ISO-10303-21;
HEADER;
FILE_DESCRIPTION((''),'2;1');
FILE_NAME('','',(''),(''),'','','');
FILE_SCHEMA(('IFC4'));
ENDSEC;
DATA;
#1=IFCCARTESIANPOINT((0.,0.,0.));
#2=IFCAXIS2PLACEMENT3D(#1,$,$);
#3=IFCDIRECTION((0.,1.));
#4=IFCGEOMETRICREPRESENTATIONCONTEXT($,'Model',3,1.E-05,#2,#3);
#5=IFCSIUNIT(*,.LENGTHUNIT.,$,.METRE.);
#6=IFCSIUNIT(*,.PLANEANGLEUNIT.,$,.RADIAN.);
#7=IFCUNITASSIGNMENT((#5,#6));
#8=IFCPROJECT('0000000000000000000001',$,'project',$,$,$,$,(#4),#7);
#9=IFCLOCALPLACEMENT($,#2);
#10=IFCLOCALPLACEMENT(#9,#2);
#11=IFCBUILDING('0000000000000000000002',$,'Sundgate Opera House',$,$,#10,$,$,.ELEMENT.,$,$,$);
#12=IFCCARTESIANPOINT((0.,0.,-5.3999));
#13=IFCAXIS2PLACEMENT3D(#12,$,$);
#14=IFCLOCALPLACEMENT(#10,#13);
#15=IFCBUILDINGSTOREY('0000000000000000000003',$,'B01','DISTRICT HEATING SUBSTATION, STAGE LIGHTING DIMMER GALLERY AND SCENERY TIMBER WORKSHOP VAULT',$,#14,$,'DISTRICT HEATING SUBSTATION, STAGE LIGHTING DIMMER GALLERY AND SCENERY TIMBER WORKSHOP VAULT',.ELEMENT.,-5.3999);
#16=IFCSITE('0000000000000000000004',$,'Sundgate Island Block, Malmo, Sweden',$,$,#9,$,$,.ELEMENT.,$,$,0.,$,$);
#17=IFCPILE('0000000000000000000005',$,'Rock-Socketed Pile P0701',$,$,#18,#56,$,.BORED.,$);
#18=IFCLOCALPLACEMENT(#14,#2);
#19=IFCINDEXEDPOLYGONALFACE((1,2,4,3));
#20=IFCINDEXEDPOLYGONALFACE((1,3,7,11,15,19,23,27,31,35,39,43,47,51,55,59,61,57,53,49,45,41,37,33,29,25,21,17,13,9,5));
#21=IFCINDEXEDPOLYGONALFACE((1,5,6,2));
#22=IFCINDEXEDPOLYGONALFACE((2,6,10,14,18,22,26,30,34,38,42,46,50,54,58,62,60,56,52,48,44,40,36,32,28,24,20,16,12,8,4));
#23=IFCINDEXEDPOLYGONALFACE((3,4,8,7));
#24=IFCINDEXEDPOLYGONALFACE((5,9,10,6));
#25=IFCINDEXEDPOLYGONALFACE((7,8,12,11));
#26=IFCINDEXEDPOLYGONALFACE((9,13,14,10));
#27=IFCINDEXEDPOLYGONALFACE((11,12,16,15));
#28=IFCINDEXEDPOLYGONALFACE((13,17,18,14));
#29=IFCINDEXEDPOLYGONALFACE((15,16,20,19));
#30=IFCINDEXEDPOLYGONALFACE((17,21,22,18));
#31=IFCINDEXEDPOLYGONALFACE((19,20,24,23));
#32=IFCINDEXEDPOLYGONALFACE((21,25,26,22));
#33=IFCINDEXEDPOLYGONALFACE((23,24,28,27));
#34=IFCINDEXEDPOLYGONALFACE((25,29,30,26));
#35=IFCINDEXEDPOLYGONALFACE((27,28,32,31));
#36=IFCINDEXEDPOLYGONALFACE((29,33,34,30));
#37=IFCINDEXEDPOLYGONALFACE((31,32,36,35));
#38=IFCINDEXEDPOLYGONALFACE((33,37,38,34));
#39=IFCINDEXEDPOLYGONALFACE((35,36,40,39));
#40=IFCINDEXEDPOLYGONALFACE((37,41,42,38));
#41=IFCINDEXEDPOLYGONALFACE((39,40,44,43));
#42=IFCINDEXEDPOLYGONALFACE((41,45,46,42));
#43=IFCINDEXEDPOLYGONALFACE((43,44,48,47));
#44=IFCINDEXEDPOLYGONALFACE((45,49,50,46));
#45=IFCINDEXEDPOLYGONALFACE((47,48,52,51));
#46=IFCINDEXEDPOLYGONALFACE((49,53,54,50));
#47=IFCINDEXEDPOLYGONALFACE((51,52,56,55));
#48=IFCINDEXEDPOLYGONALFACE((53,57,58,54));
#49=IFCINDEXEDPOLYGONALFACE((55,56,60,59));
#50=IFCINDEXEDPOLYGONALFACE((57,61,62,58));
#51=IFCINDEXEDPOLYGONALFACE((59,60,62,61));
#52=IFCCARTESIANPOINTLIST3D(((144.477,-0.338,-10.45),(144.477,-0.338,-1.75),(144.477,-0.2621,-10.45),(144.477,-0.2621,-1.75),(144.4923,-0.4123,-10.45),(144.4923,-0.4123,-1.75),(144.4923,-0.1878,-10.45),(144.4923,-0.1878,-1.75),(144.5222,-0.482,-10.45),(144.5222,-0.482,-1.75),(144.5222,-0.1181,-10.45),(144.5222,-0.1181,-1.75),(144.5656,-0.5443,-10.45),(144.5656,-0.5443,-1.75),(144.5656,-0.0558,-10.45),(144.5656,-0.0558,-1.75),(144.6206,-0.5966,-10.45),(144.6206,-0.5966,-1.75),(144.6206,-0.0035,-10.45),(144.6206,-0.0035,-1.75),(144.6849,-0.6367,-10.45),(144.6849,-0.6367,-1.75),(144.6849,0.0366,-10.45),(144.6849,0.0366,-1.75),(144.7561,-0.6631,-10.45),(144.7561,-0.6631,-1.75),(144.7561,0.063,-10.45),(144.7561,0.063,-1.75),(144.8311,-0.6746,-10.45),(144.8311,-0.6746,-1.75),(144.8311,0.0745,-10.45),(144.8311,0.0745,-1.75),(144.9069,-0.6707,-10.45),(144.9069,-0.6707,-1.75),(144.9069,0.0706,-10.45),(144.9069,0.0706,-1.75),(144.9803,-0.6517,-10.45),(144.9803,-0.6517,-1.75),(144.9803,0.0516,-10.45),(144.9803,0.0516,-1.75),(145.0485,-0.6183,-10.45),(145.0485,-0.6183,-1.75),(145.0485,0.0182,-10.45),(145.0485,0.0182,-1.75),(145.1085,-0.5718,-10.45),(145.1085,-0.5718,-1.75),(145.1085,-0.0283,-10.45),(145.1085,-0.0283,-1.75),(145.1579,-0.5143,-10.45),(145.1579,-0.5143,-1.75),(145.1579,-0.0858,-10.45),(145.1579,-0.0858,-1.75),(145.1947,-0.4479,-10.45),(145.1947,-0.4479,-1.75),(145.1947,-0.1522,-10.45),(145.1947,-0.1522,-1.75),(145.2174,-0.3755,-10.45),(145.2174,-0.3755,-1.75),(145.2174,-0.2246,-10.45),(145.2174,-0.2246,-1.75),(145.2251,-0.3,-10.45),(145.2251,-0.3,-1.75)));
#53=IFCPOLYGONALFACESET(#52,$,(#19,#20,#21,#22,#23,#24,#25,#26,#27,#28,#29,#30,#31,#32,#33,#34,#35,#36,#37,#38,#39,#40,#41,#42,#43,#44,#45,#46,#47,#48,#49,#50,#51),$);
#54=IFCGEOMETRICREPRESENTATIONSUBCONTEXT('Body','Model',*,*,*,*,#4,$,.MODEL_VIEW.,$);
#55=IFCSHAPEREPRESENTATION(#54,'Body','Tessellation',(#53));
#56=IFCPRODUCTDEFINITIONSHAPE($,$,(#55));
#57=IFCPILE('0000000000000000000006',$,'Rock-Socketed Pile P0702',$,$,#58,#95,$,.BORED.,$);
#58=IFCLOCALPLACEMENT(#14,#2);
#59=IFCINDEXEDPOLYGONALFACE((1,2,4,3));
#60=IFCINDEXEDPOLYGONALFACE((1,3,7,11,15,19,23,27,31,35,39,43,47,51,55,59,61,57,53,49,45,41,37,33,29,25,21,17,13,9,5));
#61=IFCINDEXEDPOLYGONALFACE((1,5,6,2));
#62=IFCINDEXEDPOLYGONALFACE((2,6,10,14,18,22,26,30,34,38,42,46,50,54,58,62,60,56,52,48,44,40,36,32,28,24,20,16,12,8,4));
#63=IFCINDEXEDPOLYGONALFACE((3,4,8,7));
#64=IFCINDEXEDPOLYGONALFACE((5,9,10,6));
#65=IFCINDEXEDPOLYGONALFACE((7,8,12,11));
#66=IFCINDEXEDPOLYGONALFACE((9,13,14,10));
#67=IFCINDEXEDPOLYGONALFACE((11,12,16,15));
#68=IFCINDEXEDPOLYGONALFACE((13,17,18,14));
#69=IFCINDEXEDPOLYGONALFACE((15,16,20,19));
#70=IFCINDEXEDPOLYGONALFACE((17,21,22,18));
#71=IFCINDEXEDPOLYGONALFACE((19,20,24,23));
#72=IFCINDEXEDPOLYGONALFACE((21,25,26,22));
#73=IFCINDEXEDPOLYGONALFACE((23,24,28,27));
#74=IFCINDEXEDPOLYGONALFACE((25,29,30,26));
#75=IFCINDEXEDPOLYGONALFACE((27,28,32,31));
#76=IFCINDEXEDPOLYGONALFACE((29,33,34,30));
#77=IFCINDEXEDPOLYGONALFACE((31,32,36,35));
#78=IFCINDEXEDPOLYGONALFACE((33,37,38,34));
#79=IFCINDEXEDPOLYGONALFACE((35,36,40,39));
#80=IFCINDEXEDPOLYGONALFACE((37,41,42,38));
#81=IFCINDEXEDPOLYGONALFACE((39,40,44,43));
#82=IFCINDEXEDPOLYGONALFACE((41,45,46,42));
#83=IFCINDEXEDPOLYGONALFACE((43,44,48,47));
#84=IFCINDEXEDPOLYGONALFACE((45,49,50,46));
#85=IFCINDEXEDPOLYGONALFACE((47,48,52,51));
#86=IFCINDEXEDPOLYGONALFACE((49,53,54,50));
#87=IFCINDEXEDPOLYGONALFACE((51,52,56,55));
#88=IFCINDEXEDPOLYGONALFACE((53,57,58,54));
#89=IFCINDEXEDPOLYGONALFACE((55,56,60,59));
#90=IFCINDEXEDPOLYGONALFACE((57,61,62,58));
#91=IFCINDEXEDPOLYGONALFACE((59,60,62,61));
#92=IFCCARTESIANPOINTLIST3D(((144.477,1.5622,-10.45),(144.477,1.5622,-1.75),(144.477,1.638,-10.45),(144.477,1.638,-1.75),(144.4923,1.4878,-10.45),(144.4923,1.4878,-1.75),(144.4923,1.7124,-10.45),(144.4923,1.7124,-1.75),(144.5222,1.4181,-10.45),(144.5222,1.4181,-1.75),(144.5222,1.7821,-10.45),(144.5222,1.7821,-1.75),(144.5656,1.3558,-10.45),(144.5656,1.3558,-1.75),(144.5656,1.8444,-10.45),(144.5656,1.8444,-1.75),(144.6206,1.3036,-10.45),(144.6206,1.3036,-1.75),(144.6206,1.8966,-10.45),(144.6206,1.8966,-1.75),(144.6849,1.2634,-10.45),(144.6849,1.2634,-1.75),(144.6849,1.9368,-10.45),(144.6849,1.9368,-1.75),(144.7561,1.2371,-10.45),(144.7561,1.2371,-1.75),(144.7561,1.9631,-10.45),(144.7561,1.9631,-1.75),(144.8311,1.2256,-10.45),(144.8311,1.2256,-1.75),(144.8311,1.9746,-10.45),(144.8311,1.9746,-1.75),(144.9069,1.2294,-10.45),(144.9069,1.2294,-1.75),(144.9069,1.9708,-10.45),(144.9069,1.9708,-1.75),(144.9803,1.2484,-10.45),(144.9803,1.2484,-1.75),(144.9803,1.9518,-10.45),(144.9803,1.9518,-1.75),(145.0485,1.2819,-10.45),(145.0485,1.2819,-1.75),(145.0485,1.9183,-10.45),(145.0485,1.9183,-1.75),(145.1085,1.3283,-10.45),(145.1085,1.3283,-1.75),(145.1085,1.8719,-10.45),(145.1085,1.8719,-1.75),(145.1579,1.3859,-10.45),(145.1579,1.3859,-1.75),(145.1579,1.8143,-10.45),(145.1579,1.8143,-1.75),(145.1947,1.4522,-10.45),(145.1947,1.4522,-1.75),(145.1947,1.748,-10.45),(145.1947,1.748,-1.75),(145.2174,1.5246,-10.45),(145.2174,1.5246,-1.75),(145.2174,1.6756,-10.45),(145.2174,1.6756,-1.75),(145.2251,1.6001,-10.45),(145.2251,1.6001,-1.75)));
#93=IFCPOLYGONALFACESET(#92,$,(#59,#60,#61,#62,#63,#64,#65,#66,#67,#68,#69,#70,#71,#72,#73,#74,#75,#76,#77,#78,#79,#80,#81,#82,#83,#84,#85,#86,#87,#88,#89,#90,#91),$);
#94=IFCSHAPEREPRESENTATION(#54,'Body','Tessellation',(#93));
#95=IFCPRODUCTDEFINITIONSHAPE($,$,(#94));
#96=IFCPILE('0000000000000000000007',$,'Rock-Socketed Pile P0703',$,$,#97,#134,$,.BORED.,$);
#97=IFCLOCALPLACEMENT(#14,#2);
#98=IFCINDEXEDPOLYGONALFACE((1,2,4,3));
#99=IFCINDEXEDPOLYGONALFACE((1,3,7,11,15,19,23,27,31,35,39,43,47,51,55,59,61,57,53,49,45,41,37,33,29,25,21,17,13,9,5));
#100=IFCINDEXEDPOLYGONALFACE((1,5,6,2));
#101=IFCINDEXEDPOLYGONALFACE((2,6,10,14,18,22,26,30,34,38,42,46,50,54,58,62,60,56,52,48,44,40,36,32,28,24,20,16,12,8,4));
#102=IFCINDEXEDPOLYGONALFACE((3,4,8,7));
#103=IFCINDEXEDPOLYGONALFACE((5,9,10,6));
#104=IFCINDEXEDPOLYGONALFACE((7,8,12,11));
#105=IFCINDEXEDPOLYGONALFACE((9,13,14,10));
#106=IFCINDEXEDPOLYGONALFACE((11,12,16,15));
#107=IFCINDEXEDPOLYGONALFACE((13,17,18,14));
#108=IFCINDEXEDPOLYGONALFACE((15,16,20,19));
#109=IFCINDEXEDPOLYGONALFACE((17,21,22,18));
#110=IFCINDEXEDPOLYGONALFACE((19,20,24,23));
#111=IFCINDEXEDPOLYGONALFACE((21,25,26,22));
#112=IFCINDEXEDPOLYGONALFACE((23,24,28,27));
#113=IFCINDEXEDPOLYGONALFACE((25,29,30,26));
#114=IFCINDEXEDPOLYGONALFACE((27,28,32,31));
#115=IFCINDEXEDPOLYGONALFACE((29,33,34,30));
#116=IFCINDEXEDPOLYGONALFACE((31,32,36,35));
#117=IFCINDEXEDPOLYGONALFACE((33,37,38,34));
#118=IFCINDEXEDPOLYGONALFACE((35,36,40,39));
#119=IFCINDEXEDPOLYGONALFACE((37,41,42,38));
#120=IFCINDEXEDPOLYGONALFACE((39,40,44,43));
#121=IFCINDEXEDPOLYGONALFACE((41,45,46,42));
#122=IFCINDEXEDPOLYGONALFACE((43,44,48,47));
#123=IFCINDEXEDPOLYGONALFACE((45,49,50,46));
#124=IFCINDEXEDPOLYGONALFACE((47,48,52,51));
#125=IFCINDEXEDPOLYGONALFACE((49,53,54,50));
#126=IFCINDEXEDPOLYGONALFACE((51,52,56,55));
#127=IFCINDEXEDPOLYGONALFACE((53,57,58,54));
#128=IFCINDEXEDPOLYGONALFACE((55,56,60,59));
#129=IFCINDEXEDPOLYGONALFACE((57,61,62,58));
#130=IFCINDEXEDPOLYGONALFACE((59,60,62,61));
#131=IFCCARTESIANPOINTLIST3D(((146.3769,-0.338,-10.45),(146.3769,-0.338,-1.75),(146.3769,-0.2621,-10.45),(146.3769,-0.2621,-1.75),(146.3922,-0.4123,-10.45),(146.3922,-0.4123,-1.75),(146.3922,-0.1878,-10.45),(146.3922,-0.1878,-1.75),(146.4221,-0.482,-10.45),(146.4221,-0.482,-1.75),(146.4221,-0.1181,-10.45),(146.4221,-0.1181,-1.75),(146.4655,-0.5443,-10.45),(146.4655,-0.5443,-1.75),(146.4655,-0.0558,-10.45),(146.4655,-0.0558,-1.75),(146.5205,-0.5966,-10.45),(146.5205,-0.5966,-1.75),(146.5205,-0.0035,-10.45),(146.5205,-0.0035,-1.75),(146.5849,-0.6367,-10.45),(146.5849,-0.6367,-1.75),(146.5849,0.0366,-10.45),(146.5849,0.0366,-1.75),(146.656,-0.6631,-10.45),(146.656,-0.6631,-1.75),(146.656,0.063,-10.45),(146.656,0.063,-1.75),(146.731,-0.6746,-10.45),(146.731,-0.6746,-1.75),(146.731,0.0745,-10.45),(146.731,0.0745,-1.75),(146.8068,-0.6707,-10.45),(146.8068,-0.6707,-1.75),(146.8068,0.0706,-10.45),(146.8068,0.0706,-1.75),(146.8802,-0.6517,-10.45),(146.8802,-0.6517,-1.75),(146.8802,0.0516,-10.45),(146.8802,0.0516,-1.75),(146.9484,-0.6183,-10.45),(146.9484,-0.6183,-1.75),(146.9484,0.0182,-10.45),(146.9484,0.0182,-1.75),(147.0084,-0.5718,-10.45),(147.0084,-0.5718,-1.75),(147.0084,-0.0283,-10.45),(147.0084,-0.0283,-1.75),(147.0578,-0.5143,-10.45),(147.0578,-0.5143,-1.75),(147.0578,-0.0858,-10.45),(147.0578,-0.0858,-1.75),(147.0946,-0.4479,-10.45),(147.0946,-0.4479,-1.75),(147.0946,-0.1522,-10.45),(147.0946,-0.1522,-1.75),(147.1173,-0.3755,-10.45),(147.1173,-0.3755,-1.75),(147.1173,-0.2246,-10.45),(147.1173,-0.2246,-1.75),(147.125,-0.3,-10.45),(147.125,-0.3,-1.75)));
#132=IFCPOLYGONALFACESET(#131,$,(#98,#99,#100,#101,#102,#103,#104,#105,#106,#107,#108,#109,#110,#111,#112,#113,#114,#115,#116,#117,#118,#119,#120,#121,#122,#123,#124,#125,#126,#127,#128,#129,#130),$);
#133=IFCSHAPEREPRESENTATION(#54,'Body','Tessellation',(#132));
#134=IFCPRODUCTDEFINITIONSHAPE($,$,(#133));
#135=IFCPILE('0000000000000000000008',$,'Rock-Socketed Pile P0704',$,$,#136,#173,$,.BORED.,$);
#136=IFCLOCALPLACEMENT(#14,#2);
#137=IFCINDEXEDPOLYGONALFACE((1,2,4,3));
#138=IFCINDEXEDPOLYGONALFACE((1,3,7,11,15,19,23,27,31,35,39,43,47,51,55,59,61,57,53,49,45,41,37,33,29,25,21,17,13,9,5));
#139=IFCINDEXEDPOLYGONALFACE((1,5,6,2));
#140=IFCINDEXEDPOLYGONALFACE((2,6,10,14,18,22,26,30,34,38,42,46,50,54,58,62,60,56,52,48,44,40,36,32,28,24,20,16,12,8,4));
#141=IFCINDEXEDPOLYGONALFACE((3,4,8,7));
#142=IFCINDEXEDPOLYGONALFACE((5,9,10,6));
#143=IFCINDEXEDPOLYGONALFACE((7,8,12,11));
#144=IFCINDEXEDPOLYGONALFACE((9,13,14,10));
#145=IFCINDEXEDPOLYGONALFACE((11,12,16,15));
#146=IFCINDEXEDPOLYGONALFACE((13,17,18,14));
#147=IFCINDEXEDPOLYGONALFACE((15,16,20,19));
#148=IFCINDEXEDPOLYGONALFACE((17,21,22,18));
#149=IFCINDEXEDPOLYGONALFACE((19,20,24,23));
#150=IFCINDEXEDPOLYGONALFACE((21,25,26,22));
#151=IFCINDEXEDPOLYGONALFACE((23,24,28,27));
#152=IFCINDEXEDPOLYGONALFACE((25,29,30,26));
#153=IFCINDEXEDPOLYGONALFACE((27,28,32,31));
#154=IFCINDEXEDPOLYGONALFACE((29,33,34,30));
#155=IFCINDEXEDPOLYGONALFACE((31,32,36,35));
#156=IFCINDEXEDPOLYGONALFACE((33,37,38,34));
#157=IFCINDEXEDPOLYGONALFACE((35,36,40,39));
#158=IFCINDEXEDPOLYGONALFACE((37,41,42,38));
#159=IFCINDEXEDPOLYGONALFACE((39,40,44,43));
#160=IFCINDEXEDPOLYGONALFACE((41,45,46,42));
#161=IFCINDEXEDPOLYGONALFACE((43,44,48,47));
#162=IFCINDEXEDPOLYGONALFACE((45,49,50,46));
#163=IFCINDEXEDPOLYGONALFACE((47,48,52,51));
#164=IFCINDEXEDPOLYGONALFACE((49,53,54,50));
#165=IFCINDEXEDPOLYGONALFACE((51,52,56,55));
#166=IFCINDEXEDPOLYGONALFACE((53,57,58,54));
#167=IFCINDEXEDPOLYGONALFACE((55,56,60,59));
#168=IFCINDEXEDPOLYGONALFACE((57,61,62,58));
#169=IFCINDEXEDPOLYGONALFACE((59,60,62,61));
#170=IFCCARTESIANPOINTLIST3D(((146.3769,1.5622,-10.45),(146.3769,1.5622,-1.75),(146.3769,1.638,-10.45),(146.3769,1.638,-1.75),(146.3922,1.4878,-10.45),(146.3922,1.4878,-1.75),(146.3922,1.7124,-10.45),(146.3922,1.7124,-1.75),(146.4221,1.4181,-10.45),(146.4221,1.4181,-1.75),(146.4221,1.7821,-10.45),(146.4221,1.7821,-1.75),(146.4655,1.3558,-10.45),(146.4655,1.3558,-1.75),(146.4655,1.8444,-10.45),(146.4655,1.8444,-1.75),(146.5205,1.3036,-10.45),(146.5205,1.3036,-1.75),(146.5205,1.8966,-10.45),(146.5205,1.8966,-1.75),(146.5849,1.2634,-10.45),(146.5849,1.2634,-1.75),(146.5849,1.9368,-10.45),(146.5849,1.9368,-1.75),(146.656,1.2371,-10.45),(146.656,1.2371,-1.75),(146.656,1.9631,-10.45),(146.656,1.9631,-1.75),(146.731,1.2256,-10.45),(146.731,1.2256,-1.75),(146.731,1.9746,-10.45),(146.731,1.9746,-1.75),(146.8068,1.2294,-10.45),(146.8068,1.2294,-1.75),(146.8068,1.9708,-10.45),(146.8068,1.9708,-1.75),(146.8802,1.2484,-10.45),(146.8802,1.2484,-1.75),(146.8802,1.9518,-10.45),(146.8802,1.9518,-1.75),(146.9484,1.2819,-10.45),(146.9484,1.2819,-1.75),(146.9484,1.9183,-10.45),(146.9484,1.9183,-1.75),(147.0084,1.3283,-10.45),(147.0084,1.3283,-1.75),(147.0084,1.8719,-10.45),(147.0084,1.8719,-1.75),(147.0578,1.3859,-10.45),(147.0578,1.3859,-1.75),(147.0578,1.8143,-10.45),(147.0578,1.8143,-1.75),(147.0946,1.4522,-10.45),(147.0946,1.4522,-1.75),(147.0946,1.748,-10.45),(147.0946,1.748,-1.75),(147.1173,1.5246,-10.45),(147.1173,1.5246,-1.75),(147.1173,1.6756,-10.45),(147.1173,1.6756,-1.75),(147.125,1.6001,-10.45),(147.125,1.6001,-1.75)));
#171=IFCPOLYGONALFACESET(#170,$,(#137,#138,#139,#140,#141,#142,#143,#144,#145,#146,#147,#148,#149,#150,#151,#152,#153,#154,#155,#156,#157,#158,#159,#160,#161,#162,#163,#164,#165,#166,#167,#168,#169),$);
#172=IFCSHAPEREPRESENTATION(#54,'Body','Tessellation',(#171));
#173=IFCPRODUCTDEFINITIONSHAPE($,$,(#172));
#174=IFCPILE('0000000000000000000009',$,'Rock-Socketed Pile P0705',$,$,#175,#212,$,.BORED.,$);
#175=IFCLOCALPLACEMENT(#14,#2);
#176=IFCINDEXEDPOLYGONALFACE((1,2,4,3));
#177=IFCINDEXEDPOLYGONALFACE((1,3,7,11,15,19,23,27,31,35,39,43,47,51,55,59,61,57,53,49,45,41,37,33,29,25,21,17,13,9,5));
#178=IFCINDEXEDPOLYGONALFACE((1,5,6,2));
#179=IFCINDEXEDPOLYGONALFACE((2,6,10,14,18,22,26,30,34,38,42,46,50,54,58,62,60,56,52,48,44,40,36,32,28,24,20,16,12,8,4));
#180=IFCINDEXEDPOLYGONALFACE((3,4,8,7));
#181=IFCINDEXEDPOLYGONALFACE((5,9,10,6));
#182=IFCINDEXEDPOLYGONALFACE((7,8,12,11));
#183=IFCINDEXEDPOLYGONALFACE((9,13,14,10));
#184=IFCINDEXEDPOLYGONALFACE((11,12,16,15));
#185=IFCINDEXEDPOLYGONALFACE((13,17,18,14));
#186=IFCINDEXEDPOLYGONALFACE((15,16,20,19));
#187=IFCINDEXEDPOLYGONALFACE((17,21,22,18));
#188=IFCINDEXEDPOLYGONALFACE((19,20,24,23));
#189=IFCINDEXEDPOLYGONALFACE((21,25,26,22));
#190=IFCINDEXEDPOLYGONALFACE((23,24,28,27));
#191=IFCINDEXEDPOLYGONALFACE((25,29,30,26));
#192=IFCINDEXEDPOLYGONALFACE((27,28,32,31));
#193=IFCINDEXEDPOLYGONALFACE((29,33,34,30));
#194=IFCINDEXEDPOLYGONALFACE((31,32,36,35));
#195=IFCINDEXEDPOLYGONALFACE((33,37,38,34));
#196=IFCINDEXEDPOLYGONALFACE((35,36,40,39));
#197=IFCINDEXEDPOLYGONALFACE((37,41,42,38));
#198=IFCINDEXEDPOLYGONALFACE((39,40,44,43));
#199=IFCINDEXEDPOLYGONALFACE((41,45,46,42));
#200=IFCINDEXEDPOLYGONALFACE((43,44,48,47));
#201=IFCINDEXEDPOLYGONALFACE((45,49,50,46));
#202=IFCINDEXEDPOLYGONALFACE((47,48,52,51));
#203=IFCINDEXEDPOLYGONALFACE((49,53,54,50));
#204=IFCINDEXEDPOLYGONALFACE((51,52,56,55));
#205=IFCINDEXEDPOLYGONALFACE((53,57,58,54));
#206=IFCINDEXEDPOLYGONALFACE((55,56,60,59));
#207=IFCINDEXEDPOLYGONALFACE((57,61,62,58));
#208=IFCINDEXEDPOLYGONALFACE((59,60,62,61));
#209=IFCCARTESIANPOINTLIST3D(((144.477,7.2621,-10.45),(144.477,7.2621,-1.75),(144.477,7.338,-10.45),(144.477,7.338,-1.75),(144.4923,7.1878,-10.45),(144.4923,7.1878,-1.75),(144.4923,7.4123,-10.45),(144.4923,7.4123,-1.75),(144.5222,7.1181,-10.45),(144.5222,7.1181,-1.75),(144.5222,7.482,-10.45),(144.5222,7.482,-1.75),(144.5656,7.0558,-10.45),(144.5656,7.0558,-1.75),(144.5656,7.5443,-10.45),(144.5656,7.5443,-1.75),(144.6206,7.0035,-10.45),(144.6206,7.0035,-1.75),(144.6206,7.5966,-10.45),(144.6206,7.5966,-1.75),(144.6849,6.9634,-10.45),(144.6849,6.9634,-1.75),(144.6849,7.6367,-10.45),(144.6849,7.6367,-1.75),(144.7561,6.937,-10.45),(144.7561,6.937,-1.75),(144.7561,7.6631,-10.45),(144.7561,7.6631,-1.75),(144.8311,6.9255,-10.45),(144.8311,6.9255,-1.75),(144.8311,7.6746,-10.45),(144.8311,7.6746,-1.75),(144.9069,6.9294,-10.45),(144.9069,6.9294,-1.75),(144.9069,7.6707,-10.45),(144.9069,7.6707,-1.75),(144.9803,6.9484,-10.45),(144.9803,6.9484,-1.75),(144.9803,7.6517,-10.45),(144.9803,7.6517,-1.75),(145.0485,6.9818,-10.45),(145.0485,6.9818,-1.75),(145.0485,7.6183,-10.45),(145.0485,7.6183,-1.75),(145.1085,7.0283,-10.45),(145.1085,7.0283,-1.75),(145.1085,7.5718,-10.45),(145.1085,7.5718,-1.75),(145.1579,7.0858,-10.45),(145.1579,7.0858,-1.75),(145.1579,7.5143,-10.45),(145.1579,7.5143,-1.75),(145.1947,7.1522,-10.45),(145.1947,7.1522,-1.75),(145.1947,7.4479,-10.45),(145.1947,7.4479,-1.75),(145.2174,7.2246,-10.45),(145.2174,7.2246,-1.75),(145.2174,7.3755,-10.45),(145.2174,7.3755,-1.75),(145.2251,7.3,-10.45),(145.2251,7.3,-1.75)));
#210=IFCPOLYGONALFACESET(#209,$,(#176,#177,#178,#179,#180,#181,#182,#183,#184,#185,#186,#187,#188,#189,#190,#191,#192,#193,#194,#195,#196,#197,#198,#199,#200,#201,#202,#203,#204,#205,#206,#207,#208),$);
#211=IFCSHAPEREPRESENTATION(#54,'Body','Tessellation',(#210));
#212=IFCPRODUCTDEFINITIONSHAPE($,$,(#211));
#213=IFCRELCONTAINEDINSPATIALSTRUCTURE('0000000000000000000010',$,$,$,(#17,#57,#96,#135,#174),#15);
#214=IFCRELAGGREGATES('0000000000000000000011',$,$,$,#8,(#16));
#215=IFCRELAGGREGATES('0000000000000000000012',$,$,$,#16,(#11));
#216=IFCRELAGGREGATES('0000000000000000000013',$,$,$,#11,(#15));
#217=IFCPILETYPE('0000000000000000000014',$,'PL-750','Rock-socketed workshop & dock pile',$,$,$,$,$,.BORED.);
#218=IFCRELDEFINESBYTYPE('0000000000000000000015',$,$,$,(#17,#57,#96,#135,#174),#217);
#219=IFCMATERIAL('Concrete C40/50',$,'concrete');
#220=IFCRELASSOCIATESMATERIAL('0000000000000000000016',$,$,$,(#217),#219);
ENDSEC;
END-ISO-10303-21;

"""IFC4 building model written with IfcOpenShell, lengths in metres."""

from ifc_helpers import new_model, si_unit, direction, frame, origin, origin_2d, place, context, subcontext, project, spatial, circle, extrude, material, material_profile, profile_set, type_object, element, save


model = new_model("IFC4")

# Units and contexts
model_context = context("Model", 3, precision=1e-05, world=origin(), true_north=direction((0.0, 1.0)))
body_context = subcontext(model_context, "Body", "Model", "MODEL_VIEW")
ifc_project = project(units=[si_unit("LENGTHUNIT", "METRE"), si_unit("PLANEANGLEUNIT", "RADIAN")], contexts=[model_context])

# Site, building, storey
site_placement = place(None, origin())
site = spatial("IfcSite", under=ifc_project, at=site_placement, Name="Sundgate Island Block, Malmo, Sweden", CompositionType="ELEMENT", RefElevation=0.0)
building_placement = place(site_placement, origin())
building = spatial("IfcBuilding", under=site, at=building_placement, Name="Sundgate Opera House", CompositionType="ELEMENT")
storey_placement = place(building_placement, frame((0.0, 0.0, -5.3999)))
storey = spatial("IfcBuildingStorey", under=building, at=storey_placement, Name="B01", Description="DISTRICT HEATING SUBSTATION, STAGE LIGHTING DIMMER GALLERY AND SCENERY TIMBER WORKSHOP VAULT", LongName="DISTRICT HEATING SUBSTATION, STAGE LIGHTING DIMMER GALLERY AND SCENERY TIMBER WORKSHOP VAULT", CompositionType="ELEMENT", Elevation=-5.3999)

# Piles
ifc_material_1 = material(Name="Concrete C40/50", Category="concrete")
ifc_material_profile_1 = material_profile(ifc_material_1, circle(Radius=0.375, at=origin_2d()), Name="PILE D750")
ifc_profile_set_1 = profile_set([ifc_material_profile_1], Name="Concrete C40/50")
pile_type = type_object("IfcPileType", Name="PL-750", Description="Rock-socketed workshop & dock pile", PredefinedType="BORED", material=ifc_profile_set_1)
for number, where, z_axis, x_axis, name in (
    (1, (144.8501, -0.3, -1.75), (0.0, 0.0, -1.0), (1.0, 0.0, 0.0), "Rock-Socketed Pile P0701"),
    (2, (144.8501, 1.6001, -1.75), (0.0, 0.0, -1.0), (1.0, 0.0, 0.0), "Rock-Socketed Pile P0702"),
    (3, (146.75, -0.3, -1.75), (0.0, 0.0, -1.0), (1.0, 0.0, 0.0), "Rock-Socketed Pile P0703"),
    (4, (146.75, 1.6001, -1.75), (0.0, 0.0, -1.0), (1.0, 0.0, 0.0), "Rock-Socketed Pile P0704"),
    (5, (144.8501, 7.3, -1.75), (0.0, 0.0, -1.0), (1.0, 0.0, 0.0), "Rock-Socketed Pile P0705"),
):
    element("IfcPile", number, at=place(storey_placement, frame(where, z_axis=z_axis, x_axis=x_axis)), inside=storey, type_object=pile_type, Name=name, PredefinedType="BORED", context=body_context, shape_type="SweptSolid", body=[
        extrude(circle(Radius=0.375, at=origin_2d()), origin(), (0.0, 0.0, 1.0), 8.7),
    ])

save(model, "model.ifc")
